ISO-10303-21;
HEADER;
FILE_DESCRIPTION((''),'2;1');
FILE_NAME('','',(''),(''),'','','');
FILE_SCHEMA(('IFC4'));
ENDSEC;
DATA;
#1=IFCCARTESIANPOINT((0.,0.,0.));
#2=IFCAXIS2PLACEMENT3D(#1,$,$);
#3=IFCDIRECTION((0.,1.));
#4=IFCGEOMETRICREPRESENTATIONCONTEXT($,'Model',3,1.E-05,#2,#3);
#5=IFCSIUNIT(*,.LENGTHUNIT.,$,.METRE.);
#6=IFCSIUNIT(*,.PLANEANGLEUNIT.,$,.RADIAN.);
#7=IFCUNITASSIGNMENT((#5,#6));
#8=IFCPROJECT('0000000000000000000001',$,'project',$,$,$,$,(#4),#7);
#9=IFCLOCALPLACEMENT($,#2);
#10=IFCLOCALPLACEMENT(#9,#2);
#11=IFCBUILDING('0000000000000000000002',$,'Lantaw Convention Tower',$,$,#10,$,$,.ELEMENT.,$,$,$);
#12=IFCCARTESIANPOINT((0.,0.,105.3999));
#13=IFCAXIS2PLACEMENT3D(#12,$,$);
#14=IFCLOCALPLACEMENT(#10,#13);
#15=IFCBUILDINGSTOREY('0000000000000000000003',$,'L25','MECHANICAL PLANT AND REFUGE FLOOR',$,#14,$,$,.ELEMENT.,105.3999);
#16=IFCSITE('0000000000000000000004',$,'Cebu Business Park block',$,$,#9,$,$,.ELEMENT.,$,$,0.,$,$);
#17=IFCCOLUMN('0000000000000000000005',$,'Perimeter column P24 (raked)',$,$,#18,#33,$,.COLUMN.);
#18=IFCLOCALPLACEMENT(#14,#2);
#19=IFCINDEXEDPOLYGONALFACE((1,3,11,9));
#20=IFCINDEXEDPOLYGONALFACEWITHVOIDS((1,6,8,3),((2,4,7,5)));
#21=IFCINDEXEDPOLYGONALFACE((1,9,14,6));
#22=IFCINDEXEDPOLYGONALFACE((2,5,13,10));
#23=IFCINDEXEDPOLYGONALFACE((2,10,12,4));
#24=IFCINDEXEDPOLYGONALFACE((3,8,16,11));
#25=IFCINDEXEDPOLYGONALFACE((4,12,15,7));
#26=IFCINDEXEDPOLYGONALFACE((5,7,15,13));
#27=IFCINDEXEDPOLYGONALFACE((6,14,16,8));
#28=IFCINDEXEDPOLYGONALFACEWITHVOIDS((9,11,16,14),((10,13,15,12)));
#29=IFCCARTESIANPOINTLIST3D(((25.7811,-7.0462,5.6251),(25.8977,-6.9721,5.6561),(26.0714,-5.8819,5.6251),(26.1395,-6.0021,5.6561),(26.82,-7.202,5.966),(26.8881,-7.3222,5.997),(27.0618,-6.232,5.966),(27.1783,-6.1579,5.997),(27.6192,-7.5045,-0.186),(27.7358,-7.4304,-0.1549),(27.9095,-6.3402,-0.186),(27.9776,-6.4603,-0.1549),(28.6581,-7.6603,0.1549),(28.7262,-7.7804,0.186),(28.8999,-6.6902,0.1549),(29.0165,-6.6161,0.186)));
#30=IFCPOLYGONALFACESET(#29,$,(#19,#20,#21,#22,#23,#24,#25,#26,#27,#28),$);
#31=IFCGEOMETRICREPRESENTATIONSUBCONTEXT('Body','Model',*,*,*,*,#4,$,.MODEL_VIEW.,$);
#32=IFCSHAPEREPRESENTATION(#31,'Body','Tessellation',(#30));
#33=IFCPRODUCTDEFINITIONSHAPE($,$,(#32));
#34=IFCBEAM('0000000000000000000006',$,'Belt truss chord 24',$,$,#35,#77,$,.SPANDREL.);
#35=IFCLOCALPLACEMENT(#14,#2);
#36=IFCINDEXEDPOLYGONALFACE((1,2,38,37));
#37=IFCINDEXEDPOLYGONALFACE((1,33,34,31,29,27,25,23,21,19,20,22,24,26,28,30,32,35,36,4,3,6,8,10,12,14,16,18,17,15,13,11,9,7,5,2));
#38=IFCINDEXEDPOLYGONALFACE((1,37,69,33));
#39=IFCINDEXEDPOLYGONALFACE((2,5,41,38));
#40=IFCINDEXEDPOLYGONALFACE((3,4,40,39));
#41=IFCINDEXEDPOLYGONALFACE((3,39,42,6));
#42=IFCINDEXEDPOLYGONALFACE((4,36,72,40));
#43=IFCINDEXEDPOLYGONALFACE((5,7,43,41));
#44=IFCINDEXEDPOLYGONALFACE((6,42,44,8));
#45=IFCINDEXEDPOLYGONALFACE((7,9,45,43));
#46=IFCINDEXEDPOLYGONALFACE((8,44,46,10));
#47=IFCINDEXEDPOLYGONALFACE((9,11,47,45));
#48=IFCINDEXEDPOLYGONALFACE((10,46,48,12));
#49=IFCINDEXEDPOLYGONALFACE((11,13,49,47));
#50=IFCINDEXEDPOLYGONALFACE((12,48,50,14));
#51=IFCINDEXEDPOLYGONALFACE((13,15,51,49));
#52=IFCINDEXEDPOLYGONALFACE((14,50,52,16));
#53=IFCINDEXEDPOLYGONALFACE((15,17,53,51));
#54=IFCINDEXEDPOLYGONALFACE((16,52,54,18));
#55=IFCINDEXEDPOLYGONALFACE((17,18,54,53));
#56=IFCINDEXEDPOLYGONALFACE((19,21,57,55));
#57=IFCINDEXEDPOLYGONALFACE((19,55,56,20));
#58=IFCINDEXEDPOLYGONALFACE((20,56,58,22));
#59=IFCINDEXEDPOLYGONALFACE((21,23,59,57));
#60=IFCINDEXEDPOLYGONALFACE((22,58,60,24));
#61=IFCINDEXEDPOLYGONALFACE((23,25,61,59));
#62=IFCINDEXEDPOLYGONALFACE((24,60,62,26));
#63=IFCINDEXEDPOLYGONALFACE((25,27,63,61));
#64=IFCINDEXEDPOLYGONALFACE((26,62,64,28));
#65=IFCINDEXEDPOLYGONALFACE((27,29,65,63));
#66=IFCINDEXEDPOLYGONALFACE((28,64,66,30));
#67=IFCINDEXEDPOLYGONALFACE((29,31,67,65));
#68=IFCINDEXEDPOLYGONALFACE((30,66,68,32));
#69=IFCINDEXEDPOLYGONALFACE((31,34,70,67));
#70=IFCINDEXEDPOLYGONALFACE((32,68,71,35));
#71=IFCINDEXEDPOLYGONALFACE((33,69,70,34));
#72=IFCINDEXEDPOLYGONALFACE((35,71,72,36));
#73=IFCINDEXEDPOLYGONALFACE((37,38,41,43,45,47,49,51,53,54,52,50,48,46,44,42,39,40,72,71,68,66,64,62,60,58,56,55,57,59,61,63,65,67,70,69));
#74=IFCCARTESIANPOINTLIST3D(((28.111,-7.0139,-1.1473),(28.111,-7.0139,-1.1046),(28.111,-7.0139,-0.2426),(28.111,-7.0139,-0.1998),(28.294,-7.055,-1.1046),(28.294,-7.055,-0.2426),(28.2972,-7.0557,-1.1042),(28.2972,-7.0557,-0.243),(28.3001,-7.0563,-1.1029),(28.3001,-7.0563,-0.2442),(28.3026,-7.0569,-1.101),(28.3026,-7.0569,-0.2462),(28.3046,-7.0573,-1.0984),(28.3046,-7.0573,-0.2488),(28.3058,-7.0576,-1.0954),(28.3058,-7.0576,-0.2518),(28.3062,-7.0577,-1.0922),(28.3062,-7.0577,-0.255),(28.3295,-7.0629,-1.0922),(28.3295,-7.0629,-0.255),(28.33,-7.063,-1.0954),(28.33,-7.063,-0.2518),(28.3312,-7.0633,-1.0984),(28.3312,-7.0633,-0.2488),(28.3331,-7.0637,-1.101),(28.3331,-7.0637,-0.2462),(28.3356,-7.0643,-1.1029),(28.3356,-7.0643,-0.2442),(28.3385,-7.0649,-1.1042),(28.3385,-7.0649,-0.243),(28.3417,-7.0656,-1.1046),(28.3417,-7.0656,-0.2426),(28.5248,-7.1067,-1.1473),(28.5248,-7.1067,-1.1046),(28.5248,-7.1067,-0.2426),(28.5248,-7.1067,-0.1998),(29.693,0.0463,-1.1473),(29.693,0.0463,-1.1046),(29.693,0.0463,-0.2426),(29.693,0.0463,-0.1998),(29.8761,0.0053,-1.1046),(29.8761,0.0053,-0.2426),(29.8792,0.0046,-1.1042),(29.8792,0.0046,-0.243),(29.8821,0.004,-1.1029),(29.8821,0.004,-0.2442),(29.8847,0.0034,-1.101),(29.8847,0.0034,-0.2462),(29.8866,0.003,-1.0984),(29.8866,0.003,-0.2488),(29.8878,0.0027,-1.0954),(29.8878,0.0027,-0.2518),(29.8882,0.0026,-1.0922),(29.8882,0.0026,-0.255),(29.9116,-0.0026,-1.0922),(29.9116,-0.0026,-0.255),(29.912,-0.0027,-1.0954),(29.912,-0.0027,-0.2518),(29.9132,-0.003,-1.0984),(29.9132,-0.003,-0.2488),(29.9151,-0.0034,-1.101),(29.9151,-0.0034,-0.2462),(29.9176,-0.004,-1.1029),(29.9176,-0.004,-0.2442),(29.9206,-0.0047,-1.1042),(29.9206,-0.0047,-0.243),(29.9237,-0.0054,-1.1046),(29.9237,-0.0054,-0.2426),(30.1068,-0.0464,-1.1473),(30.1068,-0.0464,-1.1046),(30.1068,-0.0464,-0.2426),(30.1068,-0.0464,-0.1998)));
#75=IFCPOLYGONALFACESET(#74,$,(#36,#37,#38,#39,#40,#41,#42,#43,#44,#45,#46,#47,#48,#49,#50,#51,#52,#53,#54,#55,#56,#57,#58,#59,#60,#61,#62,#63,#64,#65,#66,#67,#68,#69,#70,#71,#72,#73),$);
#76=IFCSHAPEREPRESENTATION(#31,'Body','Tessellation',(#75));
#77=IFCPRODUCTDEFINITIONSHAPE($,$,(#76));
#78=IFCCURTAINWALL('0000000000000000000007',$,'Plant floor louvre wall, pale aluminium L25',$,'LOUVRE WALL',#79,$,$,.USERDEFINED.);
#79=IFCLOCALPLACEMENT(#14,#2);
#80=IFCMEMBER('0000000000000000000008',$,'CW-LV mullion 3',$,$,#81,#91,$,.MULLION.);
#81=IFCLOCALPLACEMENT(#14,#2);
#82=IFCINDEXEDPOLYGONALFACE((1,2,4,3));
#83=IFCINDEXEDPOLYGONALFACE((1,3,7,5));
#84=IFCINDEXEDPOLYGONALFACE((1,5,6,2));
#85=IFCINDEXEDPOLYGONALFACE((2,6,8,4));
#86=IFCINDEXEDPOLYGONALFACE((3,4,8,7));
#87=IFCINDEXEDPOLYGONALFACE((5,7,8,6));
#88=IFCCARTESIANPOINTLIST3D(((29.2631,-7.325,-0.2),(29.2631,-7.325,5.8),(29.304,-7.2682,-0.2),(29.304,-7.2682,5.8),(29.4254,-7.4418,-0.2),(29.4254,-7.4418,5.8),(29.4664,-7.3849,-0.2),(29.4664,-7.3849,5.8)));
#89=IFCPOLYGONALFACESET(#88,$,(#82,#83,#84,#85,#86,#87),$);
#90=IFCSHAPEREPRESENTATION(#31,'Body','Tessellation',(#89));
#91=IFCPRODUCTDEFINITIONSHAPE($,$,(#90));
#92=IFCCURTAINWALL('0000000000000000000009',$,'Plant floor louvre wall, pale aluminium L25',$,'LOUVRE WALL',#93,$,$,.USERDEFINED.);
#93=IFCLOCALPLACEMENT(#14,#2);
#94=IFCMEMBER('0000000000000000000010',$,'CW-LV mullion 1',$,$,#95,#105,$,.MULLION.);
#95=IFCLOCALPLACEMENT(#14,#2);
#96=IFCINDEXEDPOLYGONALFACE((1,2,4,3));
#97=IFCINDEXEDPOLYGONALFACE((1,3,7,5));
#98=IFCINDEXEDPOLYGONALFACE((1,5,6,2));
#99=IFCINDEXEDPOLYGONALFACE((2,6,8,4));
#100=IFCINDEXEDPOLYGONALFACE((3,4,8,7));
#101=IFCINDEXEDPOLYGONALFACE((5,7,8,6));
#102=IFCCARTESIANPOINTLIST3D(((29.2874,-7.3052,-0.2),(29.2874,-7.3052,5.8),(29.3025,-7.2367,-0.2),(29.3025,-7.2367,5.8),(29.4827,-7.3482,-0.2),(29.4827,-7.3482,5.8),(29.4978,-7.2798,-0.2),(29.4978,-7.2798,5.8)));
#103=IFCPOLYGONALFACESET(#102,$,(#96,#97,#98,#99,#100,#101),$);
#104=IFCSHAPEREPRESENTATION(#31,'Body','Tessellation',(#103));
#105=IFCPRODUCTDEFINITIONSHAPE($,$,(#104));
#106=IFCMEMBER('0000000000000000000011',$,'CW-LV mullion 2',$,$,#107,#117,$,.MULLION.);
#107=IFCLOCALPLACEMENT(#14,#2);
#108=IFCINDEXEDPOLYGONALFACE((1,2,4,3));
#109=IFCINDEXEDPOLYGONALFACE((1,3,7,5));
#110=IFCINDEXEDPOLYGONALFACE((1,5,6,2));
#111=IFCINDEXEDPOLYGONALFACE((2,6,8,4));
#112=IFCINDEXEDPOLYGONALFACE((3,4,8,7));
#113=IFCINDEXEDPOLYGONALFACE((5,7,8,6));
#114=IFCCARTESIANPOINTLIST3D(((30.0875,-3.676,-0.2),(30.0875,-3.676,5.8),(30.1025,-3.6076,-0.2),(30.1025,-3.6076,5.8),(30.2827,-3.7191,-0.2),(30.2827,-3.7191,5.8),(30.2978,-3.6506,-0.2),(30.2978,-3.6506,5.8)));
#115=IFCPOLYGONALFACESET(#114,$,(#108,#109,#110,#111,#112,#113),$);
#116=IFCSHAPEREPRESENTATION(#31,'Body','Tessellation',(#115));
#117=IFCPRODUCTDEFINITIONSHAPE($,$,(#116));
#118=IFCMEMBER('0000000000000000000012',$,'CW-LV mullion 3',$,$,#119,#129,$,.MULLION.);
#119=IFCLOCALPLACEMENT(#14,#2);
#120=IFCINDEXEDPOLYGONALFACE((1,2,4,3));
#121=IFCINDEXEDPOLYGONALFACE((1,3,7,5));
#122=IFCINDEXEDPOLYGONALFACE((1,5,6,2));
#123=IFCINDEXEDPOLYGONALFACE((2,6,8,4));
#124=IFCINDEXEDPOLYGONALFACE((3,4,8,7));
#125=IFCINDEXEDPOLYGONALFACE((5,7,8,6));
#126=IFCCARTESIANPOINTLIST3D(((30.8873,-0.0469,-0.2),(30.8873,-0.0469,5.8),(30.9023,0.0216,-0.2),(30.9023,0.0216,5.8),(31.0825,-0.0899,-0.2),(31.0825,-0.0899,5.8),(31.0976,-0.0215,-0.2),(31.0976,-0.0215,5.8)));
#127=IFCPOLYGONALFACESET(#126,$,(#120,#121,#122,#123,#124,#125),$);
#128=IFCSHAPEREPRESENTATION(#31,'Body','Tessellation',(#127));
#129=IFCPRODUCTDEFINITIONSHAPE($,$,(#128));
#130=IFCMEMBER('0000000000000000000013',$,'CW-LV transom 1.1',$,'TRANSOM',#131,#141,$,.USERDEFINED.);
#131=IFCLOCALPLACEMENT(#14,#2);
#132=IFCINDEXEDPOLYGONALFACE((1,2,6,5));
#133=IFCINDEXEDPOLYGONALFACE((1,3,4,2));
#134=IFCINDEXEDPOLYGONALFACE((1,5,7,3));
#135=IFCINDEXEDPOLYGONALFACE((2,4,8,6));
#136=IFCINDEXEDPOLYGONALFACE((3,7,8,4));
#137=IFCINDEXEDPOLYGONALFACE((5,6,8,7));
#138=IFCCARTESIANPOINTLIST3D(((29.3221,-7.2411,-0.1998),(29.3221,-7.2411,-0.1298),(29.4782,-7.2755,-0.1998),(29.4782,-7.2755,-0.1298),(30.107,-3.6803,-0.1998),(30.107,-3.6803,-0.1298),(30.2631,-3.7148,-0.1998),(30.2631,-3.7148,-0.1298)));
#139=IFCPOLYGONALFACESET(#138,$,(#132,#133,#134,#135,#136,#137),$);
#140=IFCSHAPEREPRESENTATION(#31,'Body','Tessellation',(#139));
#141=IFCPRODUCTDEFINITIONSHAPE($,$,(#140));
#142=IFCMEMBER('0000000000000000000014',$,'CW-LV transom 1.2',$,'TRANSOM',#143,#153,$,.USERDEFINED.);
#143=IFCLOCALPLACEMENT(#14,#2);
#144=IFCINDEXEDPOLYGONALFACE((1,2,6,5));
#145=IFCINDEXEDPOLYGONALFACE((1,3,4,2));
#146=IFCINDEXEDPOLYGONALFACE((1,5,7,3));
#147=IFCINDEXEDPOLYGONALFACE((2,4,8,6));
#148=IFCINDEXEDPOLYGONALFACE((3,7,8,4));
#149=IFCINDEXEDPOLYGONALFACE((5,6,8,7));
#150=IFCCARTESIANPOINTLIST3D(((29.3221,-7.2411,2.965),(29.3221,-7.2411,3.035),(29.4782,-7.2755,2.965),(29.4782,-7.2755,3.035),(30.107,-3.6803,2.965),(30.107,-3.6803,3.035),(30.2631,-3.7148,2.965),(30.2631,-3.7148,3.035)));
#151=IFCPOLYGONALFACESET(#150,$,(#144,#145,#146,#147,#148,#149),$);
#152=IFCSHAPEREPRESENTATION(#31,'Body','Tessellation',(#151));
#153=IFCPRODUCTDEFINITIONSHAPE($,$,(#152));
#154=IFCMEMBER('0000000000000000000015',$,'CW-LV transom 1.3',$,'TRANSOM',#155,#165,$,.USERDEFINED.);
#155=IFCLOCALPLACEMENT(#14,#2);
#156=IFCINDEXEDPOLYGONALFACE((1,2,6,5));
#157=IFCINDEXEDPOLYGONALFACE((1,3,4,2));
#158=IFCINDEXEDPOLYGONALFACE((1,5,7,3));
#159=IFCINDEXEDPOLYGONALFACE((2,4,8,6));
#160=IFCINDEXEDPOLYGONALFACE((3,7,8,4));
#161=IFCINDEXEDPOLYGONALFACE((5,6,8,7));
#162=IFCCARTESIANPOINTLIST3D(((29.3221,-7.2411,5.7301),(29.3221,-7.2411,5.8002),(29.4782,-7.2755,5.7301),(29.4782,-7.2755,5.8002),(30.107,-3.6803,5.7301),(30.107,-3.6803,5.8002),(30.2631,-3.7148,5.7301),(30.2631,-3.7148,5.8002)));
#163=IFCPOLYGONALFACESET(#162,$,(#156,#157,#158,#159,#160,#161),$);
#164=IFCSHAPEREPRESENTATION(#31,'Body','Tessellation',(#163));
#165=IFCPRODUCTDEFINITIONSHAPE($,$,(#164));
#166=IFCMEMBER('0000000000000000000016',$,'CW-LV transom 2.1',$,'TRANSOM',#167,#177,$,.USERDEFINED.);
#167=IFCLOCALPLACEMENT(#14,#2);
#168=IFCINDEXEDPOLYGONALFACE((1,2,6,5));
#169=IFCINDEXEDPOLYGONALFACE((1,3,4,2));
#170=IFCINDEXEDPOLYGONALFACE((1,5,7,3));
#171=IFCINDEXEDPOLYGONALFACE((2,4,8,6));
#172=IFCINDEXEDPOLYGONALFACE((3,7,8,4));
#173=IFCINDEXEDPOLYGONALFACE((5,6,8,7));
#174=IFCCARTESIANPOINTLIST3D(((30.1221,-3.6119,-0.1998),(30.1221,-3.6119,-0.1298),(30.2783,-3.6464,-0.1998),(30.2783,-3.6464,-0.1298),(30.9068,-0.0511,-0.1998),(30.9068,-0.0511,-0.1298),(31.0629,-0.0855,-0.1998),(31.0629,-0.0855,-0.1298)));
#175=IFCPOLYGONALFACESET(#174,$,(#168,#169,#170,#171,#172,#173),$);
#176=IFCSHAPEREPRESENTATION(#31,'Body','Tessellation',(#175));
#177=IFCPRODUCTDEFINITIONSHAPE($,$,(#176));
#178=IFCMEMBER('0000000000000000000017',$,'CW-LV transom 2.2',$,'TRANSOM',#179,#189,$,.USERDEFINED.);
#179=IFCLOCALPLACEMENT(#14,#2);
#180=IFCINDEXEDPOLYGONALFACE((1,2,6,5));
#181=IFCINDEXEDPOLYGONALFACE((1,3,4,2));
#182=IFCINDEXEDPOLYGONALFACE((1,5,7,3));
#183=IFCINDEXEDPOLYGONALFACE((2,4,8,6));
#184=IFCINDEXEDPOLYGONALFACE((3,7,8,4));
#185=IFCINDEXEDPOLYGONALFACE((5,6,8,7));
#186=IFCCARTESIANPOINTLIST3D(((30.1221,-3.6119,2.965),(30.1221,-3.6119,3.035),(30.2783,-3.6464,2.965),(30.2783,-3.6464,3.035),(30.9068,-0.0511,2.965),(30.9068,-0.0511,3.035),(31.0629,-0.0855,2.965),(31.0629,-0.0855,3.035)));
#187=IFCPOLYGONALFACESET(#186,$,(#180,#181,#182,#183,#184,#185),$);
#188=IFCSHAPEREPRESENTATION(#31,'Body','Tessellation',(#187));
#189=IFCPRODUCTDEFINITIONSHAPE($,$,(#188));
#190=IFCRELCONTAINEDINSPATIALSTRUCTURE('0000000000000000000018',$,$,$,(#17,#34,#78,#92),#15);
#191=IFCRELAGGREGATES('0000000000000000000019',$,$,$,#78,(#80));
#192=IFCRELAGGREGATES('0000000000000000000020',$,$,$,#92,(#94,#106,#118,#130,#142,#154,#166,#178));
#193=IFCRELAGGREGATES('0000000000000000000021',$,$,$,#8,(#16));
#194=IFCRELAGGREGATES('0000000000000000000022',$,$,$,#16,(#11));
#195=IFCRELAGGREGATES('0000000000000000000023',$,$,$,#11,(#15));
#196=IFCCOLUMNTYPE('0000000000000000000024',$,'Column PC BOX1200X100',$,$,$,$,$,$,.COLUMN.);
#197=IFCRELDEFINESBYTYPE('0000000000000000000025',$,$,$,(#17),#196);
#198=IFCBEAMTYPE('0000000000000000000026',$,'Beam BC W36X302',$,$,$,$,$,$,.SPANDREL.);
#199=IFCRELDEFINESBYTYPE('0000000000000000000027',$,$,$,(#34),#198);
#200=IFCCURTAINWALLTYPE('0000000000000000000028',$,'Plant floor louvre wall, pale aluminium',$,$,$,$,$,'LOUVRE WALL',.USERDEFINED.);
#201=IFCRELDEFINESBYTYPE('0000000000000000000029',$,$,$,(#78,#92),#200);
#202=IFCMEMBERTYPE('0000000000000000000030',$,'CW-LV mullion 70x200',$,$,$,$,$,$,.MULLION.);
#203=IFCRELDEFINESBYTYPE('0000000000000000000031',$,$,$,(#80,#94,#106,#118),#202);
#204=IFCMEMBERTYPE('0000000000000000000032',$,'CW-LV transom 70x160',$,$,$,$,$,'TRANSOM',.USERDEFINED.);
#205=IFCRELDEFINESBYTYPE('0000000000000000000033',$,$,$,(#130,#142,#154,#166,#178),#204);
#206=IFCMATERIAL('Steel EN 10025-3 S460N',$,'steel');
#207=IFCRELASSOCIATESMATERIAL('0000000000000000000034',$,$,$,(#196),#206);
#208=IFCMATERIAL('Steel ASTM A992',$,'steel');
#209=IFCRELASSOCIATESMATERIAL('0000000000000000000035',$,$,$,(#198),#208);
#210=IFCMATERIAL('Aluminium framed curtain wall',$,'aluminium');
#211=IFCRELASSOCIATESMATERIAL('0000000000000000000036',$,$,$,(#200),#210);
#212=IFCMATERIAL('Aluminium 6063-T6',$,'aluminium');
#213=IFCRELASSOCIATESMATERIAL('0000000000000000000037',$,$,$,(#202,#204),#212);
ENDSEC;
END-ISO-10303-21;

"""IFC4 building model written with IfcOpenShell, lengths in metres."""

from ifc_helpers import new_model, si_unit, direction, frame, origin, origin_2d, place, context, subcontext, project, spatial, rectangle, hollow_rectangle, i_section, extrude, material, material_profile, profile_set, type_object, element, aggregate, save


model = new_model("IFC4")

# Units and contexts
model_context = context("Model", 3, precision=1e-05, world=origin(), true_north=direction((0.0, 1.0)))
body_context = subcontext(model_context, "Body", "Model", "MODEL_VIEW")
ifc_project = project(units=[si_unit("LENGTHUNIT", "METRE"), si_unit("PLANEANGLEUNIT", "RADIAN")], contexts=[model_context])

# Site, building, storey
site_placement = place(None, origin())
site = spatial("IfcSite", under=ifc_project, at=site_placement, Name="Cebu Business Park block", CompositionType="ELEMENT", RefElevation=0.0)
building_placement = place(site_placement, origin())
building = spatial("IfcBuilding", under=site, at=building_placement, Name="Lantaw Convention Tower", CompositionType="ELEMENT")
storey_placement = place(building_placement, frame((0.0, 0.0, 105.3999)))
storey = spatial("IfcBuildingStorey", under=building, at=storey_placement, Name="L25", Description="MECHANICAL PLANT AND REFUGE FLOOR", CompositionType="ELEMENT", Elevation=105.3999)

# Column
ifc_material_1 = material(Name="Steel EN 10025-3 S460N", Category="steel")
ifc_material_profile_1 = material_profile(ifc_material_1, hollow_rectangle(XDim=1.2, YDim=1.2, WallThickness=0.1001, at=origin_2d()), Name="BOX1200X100")
ifc_material_2 = material(Name="Concrete C60/75", Category="concrete")
ifc_material_profile_2 = material_profile(ifc_material_2, rectangle(XDim=1.0, YDim=1.0, at=origin_2d()), Name="Concrete fill of BOX1200X100")
ifc_profile_set_1 = profile_set([ifc_material_profile_1, ifc_material_profile_2], Name="Steel EN 10025-3 S460N")
column_type = type_object("IfcColumnType", Name="Column PC BOX1200X100", PredefinedType="COLUMN", material=ifc_profile_set_1)
column_placement = place(storey_placement, frame((28.3179, -7.0603, 0.0), z_axis=(-0.300741, 0.074975, 0.950754), x_axis=(-0.241899, -0.970301, 0.0)))
element("IfcColumn", 1, at=column_placement, inside=storey, type_object=column_type, Name="Perimeter column P24 (raked)", PredefinedType="COLUMN", context=body_context, shape_type="SweptSolid", body=[
    extrude(hollow_rectangle(XDim=1.2, YDim=1.2, WallThickness=0.1001, at=origin_2d()), origin(), (0.0, 0.0, 1.0), 6.1121),
])

# Beam
ifc_material_3 = material(Name="Steel ASTM A992", Category="steel")
ifc_material_profile_3 = material_profile(ifc_material_3, i_section(OverallWidth=0.4241, OverallDepth=0.9475, WebThickness=0.0239, FlangeThickness=0.0427, FilletRadius=0.0125, at=origin_2d()), Name="W36X302")
ifc_profile_set_2 = profile_set([ifc_material_profile_3], Name="Steel ASTM A992")
beam_type = type_object("IfcBeamType", Name="Beam BC W36X302", PredefinedType="SPANDREL", material=ifc_profile_set_2)
beam_placement = place(storey_placement, frame((28.3179, -7.0603, -0.6736), z_axis=(0.218652, 0.975803, 0.0), x_axis=(-0.975803, 0.218652, 0.0)))
element("IfcBeam", 2, at=beam_placement, inside=storey, type_object=beam_type, Name="Belt truss chord 24", PredefinedType="SPANDREL", context=body_context, shape_type="SweptSolid", body=[
    extrude(i_section(OverallWidth=0.4241, OverallDepth=0.9475, WebThickness=0.0239, FlangeThickness=0.0427, FilletRadius=0.0125, at=origin_2d()), origin(), (0.0, 0.0, 1.0), 7.2354),
])

# Curtain wall, member
ifc_material_4 = material(Name="Aluminium framed curtain wall", Category="aluminium")
curtain_wall_type = type_object("IfcCurtainWallType", Name="Plant floor louvre wall, pale aluminium", ElementType="LOUVRE WALL", PredefinedType="USERDEFINED", material=ifc_material_4)
curtain_wall_1_placement = place(storey_placement, origin())
curtain_wall_1 = element("IfcCurtainWall", 3, at=curtain_wall_1_placement, inside=storey, type_object=curtain_wall_type, Name="Plant floor louvre wall, pale aluminium L25", ObjectType="LOUVRE WALL", PredefinedType="USERDEFINED")
ifc_material_5 = material(Name="Aluminium 6063-T6", Category="aluminium")
ifc_material_profile_4 = material_profile(ifc_material_5, rectangle(XDim=0.2, YDim=0.0701, at=origin_2d()), Name="CW-LV mullion 70x200")
ifc_profile_set_3 = profile_set([ifc_material_profile_4], Name="Aluminium 6063-T6")
member_type_1 = type_object("IfcMemberType", Name="CW-LV mullion 70x200", PredefinedType="MULLION", material=ifc_profile_set_3)
member_1_placement = place(storey_placement, frame((29.3647, -7.355, -0.2), z_axis=(0.0, 0.0, 1.0), x_axis=(-0.811789, 0.583951, 0.0)))
member_1 = element("IfcMember", 4, at=member_1_placement, type_object=member_type_1, Name="CW-LV mullion 3", PredefinedType="MULLION", context=body_context, shape_type="SweptSolid", body=[
    extrude(rectangle(XDim=0.2, YDim=0.0701, at=origin_2d()), origin(), (0.0, 0.0, 1.0), 6.0),
])

# Curtain wall, members
curtain_wall_2_placement = place(storey_placement, origin())
curtain_wall_2 = element("IfcCurtainWall", 5, at=curtain_wall_2_placement, inside=storey, type_object=curtain_wall_type, Name="Plant floor louvre wall, pale aluminium L25", ObjectType="LOUVRE WALL", PredefinedType="USERDEFINED")
member_2_placement = place(storey_placement, frame((29.3926, -7.2925, -0.2), z_axis=(0.0, 0.0, 1.0), x_axis=(-0.97656, 0.215246, 0.0)))
member_2 = element("IfcMember", 6, at=member_2_placement, type_object=member_type_1, Name="CW-LV mullion 1", PredefinedType="MULLION", context=body_context, shape_type="SweptSolid", body=[
    extrude(rectangle(XDim=0.2, YDim=0.0701, at=origin_2d()), origin(), (0.0, 0.0, 1.0), 6.0),
])
member_3_placement = place(storey_placement, frame((30.1926, -3.6633, -0.2), z_axis=(0.0, 0.0, 1.0), x_axis=(-0.97656, 0.215246, 0.0)))
member_3 = element("IfcMember", 7, at=member_3_placement, type_object=member_type_1, Name="CW-LV mullion 2", PredefinedType="MULLION", context=body_context, shape_type="SweptSolid", body=[
    extrude(rectangle(XDim=0.2, YDim=0.0701, at=origin_2d()), origin(), (0.0, 0.0, 1.0), 6.0),
])
member_4_placement = place(storey_placement, frame((30.9924, -0.0342, -0.2), z_axis=(0.0, 0.0, 1.0), x_axis=(-0.97656, 0.215246, 0.0)))
member_4 = element("IfcMember", 8, at=member_4_placement, type_object=member_type_1, Name="CW-LV mullion 3", PredefinedType="MULLION", context=body_context, shape_type="SweptSolid", body=[
    extrude(rectangle(XDim=0.2, YDim=0.0701, at=origin_2d()), origin(), (0.0, 0.0, 1.0), 6.0),
])
ifc_material_profile_5 = material_profile(ifc_material_5, rectangle(XDim=0.1599, YDim=0.0701, at=origin_2d()), Name="CW-LV transom 70x160")
ifc_profile_set_4 = profile_set([ifc_material_profile_5], Name="Aluminium 6063-T6")
member_type_2 = type_object("IfcMemberType", Name="CW-LV transom 70x160", ElementType="TRANSOM", PredefinedType="USERDEFINED", material=ifc_profile_set_4)
member_5_placement = place(storey_placement, frame((29.4001, -7.2583, -0.1648), z_axis=(0.215264, 0.976556, 0.0), x_axis=(-0.976556, 0.215264, 0.0)))
member_5 = element("IfcMember", 9, at=member_5_placement, type_object=member_type_2, Name="CW-LV transom 1.1", ObjectType="TRANSOM", PredefinedType="USERDEFINED", context=body_context, shape_type="SweptSolid", body=[
    extrude(rectangle(XDim=0.1599, YDim=0.0701, at=origin_2d()), origin(), (0.0, 0.0, 1.0), 3.6462),
])
member_6_placement = place(storey_placement, frame((29.4001, -7.2583, 3.0), z_axis=(0.215264, 0.976556, 0.0), x_axis=(-0.976556, 0.215264, 0.0)))
member_6 = element("IfcMember", 10, at=member_6_placement, type_object=member_type_2, Name="CW-LV transom 1.2", ObjectType="TRANSOM", PredefinedType="USERDEFINED", context=body_context, shape_type="SweptSolid", body=[
    extrude(rectangle(XDim=0.1599, YDim=0.0701, at=origin_2d()), origin(), (0.0, 0.0, 1.0), 3.6462),
])
member_7_placement = place(storey_placement, frame((29.4001, -7.2583, 5.7651), z_axis=(0.215264, 0.976556, 0.0), x_axis=(-0.976556, 0.215264, 0.0)))
member_7 = element("IfcMember", 11, at=member_7_placement, type_object=member_type_2, Name="CW-LV transom 1.3", ObjectType="TRANSOM", PredefinedType="USERDEFINED", context=body_context, shape_type="SweptSolid", body=[
    extrude(rectangle(XDim=0.1599, YDim=0.0701, at=origin_2d()), origin(), (0.0, 0.0, 1.0), 3.6462),
])
member_8_placement = place(storey_placement, frame((30.2002, -3.6292, -0.1648), z_axis=(0.2152, 0.97657, 0.0), x_axis=(-0.97657, 0.2152, 0.0)))
member_8 = element("IfcMember", 12, at=member_8_placement, type_object=member_type_2, Name="CW-LV transom 2.1", ObjectType="TRANSOM", PredefinedType="USERDEFINED", context=body_context, shape_type="SweptSolid", body=[
    extrude(rectangle(XDim=0.1599, YDim=0.0701, at=origin_2d()), origin(), (0.0, 0.0, 1.0), 3.6462),
])
member_9_placement = place(storey_placement, frame((30.2002, -3.6292, 3.0), z_axis=(0.2152, 0.97657, 0.0), x_axis=(-0.97657, 0.2152, 0.0)))
member_9 = element("IfcMember", 13, at=member_9_placement, type_object=member_type_2, Name="CW-LV transom 2.2", ObjectType="TRANSOM", PredefinedType="USERDEFINED", context=body_context, shape_type="SweptSolid", body=[
    extrude(rectangle(XDim=0.1599, YDim=0.0701, at=origin_2d()), origin(), (0.0, 0.0, 1.0), 3.6462),
])

aggregate(curtain_wall_1, [member_1])
aggregate(curtain_wall_2, [member_2, member_3, member_4, member_5, member_6, member_7, member_8, member_9])

save(model, "model.ifc")
